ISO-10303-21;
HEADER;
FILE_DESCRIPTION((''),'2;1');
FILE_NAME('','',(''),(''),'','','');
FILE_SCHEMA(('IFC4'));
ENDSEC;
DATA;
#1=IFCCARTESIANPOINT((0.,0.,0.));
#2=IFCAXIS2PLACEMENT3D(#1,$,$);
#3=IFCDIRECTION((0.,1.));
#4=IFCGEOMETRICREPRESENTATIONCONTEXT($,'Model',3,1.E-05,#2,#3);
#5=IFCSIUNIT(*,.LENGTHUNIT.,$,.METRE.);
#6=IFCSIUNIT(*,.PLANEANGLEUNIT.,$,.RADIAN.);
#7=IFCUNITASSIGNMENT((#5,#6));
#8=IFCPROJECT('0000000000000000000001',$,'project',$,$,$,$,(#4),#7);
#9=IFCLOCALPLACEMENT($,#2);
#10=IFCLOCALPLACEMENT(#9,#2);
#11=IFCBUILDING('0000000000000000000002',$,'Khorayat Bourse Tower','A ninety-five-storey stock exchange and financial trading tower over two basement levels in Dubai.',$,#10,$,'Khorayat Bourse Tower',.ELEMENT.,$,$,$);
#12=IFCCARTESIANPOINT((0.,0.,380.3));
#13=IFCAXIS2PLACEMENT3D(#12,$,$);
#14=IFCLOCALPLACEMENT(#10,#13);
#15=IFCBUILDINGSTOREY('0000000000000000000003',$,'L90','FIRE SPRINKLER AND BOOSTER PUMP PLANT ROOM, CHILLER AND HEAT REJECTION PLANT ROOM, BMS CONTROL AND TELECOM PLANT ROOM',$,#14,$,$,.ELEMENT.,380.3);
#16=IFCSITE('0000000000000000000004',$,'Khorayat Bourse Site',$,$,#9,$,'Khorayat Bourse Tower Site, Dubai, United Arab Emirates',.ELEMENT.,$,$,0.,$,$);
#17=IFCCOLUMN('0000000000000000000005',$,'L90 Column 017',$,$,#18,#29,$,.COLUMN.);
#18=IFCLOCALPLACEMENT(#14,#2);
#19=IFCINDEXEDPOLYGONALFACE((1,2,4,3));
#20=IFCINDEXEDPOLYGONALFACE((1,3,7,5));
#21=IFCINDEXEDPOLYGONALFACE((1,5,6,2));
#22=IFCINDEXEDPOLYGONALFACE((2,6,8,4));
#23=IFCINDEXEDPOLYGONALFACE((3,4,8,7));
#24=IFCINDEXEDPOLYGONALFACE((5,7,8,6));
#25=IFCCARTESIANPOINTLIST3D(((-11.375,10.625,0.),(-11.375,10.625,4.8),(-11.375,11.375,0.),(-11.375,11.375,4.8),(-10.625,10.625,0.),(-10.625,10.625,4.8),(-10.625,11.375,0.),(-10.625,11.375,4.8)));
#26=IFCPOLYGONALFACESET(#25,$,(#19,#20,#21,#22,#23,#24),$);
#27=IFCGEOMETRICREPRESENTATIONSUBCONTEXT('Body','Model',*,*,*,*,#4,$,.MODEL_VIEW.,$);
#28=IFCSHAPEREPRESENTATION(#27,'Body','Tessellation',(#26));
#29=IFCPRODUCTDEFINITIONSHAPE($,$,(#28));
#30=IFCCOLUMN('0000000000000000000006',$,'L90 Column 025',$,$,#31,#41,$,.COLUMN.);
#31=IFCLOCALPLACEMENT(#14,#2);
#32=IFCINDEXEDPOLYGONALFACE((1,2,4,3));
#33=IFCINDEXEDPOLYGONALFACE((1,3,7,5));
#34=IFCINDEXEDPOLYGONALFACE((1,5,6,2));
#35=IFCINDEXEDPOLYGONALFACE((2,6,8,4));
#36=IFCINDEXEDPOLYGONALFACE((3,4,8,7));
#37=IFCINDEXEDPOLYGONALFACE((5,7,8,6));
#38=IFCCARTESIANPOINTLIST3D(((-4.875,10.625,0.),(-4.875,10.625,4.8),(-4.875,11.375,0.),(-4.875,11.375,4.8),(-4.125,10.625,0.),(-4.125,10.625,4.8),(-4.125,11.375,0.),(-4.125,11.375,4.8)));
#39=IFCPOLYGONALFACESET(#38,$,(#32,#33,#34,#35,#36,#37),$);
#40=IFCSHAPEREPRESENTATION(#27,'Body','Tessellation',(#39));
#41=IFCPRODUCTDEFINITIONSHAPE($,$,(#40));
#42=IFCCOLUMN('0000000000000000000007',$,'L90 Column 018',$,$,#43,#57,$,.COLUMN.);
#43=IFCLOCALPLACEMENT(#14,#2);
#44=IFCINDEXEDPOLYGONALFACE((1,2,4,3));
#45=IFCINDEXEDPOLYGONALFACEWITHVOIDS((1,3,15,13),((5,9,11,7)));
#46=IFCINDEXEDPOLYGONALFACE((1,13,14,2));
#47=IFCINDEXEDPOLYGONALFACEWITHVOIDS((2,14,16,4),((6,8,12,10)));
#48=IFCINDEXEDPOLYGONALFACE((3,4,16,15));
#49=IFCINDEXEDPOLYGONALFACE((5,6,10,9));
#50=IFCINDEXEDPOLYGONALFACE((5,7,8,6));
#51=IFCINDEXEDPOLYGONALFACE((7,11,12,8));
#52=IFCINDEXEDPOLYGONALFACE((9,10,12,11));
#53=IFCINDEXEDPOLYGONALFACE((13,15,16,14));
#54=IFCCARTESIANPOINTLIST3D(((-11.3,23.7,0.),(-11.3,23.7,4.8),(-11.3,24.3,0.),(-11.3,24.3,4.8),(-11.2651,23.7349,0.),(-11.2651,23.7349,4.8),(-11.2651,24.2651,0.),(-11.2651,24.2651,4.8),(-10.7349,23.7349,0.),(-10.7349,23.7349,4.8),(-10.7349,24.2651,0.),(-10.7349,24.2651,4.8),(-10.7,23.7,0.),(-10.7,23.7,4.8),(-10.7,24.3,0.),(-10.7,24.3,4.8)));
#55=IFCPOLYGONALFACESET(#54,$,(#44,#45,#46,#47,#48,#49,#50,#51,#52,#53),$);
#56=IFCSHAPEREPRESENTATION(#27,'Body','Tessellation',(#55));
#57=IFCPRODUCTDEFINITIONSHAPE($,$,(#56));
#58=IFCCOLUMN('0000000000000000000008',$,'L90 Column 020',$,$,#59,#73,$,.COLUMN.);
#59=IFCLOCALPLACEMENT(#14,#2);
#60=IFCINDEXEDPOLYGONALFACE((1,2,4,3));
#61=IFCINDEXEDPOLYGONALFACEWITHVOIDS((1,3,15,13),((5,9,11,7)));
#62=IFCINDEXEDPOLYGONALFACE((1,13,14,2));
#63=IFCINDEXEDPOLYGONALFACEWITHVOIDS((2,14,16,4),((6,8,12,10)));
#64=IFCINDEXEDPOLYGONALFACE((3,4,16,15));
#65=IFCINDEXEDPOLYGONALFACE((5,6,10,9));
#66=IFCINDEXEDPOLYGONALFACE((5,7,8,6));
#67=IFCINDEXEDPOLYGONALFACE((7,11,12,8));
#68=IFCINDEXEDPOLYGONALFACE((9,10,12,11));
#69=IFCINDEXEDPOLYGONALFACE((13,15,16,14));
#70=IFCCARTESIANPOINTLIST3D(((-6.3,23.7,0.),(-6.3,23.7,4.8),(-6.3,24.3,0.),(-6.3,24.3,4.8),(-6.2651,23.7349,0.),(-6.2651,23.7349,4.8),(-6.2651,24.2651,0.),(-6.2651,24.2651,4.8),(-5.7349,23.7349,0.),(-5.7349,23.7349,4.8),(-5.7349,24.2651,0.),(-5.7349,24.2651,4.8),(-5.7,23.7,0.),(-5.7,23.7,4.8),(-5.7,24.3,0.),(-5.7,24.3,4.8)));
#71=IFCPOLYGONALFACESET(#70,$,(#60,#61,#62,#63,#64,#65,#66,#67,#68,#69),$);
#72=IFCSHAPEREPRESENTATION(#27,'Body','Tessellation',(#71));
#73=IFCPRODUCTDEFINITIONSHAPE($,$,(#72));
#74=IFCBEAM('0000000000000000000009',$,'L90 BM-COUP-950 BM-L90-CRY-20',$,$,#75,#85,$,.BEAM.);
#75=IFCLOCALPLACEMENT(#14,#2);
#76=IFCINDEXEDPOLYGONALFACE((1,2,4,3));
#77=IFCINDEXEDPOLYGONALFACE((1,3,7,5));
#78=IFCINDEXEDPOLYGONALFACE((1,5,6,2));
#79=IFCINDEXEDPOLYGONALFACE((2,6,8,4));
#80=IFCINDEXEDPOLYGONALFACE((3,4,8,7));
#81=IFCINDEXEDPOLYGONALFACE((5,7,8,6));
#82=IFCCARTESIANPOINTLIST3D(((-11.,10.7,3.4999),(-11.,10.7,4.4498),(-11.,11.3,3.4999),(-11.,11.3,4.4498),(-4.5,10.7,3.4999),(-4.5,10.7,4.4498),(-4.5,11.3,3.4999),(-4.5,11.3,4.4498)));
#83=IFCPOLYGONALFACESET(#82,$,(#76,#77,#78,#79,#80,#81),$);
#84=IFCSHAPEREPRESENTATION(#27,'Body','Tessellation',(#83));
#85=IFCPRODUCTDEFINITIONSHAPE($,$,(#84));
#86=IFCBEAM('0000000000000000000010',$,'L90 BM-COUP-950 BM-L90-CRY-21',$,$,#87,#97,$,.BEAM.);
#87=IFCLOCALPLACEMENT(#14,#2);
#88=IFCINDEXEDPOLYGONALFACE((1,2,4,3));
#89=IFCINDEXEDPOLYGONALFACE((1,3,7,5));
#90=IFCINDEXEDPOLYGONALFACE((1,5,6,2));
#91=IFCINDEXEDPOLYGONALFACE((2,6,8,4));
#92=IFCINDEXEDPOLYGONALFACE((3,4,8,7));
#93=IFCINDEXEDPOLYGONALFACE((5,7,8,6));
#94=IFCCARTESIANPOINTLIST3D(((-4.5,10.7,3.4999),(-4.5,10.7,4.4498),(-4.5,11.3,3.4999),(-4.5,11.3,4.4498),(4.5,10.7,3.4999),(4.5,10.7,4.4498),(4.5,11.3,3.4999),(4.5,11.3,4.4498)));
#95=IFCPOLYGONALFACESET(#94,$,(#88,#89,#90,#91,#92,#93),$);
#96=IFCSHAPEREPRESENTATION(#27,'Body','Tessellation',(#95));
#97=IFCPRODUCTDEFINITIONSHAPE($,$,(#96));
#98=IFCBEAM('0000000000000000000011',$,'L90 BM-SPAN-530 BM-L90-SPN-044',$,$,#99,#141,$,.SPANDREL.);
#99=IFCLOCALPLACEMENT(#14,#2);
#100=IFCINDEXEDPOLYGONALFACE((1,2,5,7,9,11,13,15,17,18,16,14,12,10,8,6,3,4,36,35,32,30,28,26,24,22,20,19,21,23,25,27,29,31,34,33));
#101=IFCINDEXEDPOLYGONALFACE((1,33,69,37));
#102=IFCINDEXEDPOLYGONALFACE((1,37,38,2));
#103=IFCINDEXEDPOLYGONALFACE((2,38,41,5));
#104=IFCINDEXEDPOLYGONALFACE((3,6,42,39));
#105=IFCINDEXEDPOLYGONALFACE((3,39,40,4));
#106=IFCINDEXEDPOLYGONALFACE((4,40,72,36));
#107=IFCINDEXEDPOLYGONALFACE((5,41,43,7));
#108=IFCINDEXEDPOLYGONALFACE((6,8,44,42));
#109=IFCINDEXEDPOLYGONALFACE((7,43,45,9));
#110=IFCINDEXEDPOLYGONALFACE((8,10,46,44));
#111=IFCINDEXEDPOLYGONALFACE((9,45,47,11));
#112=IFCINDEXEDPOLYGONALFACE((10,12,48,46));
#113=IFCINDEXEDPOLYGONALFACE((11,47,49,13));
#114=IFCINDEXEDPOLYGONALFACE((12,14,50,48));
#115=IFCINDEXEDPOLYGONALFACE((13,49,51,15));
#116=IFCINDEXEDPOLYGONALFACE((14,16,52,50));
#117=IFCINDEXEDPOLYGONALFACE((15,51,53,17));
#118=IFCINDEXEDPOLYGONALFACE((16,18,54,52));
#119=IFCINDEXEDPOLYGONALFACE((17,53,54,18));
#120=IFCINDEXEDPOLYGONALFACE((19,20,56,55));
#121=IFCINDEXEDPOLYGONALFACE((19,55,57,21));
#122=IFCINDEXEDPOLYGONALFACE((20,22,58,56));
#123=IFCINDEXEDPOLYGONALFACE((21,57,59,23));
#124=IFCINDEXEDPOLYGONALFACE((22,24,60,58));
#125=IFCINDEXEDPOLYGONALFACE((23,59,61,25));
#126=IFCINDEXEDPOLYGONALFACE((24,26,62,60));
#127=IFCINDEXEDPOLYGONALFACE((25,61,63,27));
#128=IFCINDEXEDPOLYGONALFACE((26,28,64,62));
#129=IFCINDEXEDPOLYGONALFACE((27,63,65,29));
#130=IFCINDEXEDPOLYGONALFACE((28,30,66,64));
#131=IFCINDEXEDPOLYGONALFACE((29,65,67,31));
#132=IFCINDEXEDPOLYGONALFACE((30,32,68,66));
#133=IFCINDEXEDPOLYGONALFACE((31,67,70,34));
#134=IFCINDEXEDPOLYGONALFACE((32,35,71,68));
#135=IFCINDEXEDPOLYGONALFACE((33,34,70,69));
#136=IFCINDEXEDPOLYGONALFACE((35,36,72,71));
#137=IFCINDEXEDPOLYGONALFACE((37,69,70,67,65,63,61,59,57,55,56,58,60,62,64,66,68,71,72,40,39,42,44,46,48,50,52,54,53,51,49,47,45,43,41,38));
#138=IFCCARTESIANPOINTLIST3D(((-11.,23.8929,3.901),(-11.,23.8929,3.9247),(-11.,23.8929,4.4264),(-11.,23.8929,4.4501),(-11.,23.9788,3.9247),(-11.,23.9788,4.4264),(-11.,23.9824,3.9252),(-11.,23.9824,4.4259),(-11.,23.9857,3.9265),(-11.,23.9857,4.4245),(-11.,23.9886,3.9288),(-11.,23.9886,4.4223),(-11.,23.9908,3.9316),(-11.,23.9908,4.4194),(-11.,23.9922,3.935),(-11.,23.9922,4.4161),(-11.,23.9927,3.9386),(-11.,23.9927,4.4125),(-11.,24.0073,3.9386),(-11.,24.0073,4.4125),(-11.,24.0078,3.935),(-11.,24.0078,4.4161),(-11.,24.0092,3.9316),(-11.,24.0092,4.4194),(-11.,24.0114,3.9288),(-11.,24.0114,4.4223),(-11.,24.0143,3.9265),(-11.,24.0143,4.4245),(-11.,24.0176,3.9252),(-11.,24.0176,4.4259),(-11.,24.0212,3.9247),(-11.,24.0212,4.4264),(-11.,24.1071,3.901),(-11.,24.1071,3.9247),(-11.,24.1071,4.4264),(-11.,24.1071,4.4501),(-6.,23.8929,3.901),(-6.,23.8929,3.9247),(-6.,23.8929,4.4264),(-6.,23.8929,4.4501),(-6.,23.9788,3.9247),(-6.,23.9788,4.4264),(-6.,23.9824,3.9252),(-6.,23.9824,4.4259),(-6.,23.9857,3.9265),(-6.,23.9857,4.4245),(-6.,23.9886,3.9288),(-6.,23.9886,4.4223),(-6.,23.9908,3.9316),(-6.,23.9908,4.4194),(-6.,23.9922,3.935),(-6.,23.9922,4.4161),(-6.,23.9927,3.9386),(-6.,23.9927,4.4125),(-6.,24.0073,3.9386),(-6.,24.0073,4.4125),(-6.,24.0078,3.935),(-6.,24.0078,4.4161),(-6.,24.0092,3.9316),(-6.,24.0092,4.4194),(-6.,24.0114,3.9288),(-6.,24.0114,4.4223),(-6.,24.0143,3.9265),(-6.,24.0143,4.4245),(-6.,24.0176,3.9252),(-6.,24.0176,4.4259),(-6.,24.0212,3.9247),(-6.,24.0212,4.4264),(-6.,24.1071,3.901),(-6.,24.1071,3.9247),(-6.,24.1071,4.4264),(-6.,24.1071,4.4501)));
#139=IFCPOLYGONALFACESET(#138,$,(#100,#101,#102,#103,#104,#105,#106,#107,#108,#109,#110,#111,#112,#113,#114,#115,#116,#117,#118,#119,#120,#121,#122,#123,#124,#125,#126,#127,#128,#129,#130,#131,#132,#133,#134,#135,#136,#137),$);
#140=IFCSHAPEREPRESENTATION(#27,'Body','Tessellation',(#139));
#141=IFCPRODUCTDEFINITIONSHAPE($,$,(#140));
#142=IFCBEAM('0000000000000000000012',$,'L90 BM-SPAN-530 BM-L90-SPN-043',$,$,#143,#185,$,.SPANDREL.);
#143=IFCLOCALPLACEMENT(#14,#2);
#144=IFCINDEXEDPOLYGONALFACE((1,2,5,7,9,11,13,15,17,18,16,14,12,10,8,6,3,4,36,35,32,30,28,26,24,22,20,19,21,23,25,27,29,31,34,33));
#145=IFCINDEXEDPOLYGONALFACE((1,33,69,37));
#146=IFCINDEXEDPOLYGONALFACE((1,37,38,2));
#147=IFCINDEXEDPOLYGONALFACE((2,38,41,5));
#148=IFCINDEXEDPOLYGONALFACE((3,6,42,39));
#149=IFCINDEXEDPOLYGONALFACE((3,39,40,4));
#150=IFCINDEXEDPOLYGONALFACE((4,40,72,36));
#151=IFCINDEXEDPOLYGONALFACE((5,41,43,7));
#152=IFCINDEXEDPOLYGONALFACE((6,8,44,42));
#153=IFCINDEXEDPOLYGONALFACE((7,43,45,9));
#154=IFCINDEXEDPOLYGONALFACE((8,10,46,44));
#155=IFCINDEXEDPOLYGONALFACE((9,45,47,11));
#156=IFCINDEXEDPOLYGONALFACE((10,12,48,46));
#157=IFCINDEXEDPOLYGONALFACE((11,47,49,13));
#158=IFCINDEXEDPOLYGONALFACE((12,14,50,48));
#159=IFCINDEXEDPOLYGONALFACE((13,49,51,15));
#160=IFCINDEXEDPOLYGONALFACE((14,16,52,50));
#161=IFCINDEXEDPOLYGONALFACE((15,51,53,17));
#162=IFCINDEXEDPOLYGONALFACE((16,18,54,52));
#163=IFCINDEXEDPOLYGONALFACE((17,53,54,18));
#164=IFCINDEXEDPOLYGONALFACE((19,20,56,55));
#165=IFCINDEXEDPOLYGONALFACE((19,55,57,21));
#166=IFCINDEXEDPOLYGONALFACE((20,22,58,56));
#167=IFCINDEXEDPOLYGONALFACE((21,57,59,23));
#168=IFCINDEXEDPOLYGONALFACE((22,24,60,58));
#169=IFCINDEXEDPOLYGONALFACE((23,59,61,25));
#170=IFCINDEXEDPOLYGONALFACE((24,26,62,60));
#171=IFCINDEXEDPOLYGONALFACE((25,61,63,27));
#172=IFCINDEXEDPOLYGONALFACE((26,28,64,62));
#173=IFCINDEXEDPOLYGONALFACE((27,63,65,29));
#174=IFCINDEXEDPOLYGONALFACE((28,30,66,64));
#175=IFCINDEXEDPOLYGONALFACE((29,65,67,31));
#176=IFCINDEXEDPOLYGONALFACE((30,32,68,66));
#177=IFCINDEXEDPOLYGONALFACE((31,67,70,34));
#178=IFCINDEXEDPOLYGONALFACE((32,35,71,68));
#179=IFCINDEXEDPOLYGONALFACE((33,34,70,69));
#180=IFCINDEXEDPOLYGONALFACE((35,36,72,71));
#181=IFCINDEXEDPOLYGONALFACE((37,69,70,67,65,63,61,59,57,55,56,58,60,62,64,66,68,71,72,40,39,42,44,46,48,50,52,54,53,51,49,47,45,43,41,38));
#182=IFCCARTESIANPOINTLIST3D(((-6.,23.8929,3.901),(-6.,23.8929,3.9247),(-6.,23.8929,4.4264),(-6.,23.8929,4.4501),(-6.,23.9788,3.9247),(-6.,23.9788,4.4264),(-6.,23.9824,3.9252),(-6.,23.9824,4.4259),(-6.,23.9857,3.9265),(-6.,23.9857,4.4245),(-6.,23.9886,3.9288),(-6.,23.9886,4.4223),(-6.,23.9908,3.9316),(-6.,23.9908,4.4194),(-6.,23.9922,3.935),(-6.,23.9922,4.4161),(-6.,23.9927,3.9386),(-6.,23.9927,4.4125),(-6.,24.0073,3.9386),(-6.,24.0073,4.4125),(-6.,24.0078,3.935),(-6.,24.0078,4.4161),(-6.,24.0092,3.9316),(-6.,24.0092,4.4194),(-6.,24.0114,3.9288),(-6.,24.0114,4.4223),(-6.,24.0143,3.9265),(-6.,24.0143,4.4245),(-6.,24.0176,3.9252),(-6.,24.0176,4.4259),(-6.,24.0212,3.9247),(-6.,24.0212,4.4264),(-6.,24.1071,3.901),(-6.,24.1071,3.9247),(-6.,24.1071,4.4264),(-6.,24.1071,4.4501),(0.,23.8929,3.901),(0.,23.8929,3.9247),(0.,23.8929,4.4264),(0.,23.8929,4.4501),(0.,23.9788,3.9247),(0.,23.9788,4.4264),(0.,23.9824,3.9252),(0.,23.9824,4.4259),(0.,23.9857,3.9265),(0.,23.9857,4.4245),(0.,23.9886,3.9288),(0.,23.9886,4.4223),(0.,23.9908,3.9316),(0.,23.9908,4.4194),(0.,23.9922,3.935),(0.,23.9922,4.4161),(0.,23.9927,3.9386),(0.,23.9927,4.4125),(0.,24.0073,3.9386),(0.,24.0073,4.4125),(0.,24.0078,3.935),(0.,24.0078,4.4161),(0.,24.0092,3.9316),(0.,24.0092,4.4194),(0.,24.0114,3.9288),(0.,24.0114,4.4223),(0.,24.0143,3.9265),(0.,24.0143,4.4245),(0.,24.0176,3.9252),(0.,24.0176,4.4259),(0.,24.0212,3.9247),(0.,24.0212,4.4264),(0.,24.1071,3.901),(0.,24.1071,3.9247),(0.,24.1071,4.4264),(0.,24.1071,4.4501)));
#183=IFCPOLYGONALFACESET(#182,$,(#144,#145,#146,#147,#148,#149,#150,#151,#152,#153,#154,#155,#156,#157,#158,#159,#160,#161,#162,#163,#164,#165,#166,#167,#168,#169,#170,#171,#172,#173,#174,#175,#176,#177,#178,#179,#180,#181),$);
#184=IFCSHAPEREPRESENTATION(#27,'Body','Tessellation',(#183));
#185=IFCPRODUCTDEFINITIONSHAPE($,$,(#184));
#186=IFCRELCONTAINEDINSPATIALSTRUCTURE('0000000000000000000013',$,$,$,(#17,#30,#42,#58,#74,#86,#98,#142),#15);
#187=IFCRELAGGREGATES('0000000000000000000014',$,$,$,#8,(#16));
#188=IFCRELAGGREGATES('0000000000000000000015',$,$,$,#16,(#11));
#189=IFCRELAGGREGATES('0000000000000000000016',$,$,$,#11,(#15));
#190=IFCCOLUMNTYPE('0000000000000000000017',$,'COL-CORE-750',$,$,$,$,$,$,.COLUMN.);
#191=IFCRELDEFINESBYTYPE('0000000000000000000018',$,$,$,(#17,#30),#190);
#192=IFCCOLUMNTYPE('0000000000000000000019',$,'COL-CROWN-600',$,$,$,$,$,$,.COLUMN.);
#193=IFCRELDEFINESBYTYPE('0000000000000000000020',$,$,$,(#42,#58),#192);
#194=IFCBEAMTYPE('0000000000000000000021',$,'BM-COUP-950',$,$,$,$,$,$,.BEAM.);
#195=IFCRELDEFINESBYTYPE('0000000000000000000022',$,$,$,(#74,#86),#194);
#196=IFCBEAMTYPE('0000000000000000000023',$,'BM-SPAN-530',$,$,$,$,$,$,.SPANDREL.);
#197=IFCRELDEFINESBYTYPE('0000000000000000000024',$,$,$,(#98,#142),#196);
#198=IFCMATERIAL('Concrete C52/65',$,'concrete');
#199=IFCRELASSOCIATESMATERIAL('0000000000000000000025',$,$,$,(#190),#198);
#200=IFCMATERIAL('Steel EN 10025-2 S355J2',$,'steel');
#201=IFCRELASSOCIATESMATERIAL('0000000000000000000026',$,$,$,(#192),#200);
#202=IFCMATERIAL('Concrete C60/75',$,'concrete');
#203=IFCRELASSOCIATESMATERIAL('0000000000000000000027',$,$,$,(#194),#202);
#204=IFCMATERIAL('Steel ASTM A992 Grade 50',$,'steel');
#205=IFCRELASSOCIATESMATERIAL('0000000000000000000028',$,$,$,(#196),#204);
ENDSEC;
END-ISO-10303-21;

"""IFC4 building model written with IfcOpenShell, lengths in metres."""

from ifc_helpers import new_model, si_unit, direction, frame, origin, origin_2d, place, context, subcontext, project, spatial, rectangle, hollow_rectangle, i_section, extrude, source, transform, mapped, material, material_profile, profile_set, type_object, element, save


model = new_model("IFC4")

# Units and contexts
model_context = context("Model", 3, precision=1e-05, world=origin(), true_north=direction((0.0, 1.0)))
body_context = subcontext(model_context, "Body", "Model", "MODEL_VIEW")
ifc_project = project(units=[si_unit("LENGTHUNIT", "METRE"), si_unit("PLANEANGLEUNIT", "RADIAN")], contexts=[model_context])

# Site, building, storey
site_placement = place(None, origin())
site = spatial("IfcSite", under=ifc_project, at=site_placement, Name="Khorayat Bourse Site", LongName="Khorayat Bourse Tower Site, Dubai, United Arab Emirates", CompositionType="ELEMENT", RefElevation=0.0)
building_placement = place(site_placement, origin())
building = spatial("IfcBuilding", under=site, at=building_placement, Name="Khorayat Bourse Tower", Description="A ninety-five-storey stock exchange and financial trading tower over two basement levels in Dubai.", LongName="Khorayat Bourse Tower", CompositionType="ELEMENT")
storey_placement = place(building_placement, frame((0.0, 0.0, 380.3)))
storey = spatial("IfcBuildingStorey", under=building, at=storey_placement, Name="L90", Description="FIRE SPRINKLER AND BOOSTER PUMP PLANT ROOM, CHILLER AND HEAT REJECTION PLANT ROOM, BMS CONTROL AND TELECOM PLANT ROOM", CompositionType="ELEMENT", Elevation=380.3)

# Columns
ifc_material_1 = material(Name="Concrete C52/65", Category="concrete")
ifc_material_profile_1 = material_profile(ifc_material_1, rectangle(XDim=0.75, YDim=0.75, at=origin_2d()), Name="RC 750x750")
ifc_profile_set_1 = profile_set([ifc_material_profile_1], Name="Concrete C52/65")
column_type_1 = type_object("IfcColumnType", Name="COL-CORE-750", PredefinedType="COLUMN", material=ifc_profile_set_1)
shared_shape_1 = source(origin(), body_context, "Body", "SweptSolid", [
    extrude(rectangle(XDim=0.75, YDim=0.75, at=origin_2d()), origin(), (0.0, 0.0, 1.0), 4.8),
])
for number, where, z_axis, x_axis, name in (
    (1, (-11.0, 11.0, 0.0), (0.0, 0.0, 1.0), (1.0, 0.0, 0.0), "L90 Column 017"),
    (2, (-4.5, 11.0, 0.0), (0.0, 0.0, 1.0), (1.0, 0.0, 0.0), "L90 Column 025"),
):
    element("IfcColumn", number, at=place(storey_placement, frame(where, z_axis=z_axis, x_axis=x_axis)), inside=storey, type_object=column_type_1, Name=name, PredefinedType="COLUMN", context=body_context, shape_type="MappedRepresentation", body=[
        mapped(shared_shape_1, transform((0.0, 0.0, 0.0), scale=1.0)),
    ])
ifc_material_2 = material(Name="Steel EN 10025-2 S355J2", Category="steel")
ifc_material_profile_2 = material_profile(ifc_material_2, hollow_rectangle(XDim=0.6001, YDim=0.6001, WallThickness=0.0349, at=origin_2d()), Name="BOX 600x600x35")
ifc_profile_set_2 = profile_set([ifc_material_profile_2], Name="Steel EN 10025-2 S355J2")
column_type_2 = type_object("IfcColumnType", Name="COL-CROWN-600", PredefinedType="COLUMN", material=ifc_profile_set_2)
shared_shape_2 = source(origin(), body_context, "Body", "SweptSolid", [
    extrude(hollow_rectangle(XDim=0.6001, YDim=0.6001, WallThickness=0.0349, at=origin_2d()), origin(), (0.0, 0.0, 1.0), 4.8),
])
for number, where, z_axis, x_axis, name in (
    (3, (-11.0, 24.0, 0.0), (0.0, 0.0, 1.0), (1.0, 0.0, 0.0), "L90 Column 018"),
    (4, (-6.0, 24.0, 0.0), (0.0, 0.0, 1.0), (1.0, 0.0, 0.0), "L90 Column 020"),
):
    element("IfcColumn", number, at=place(storey_placement, frame(where, z_axis=z_axis, x_axis=x_axis)), inside=storey, type_object=column_type_2, Name=name, PredefinedType="COLUMN", context=body_context, shape_type="MappedRepresentation", body=[
        mapped(shared_shape_2, transform((0.0, 0.0, 0.0), scale=1.0)),
    ])

# Beams
ifc_material_3 = material(Name="Concrete C60/75", Category="concrete")
ifc_material_profile_3 = material_profile(ifc_material_3, rectangle(XDim=0.6001, YDim=0.95, at=origin_2d()), Name="RC 600x950")
ifc_profile_set_3 = profile_set([ifc_material_profile_3], Name="Concrete C60/75")
beam_type_1 = type_object("IfcBeamType", Name="BM-COUP-950", PredefinedType="BEAM", material=ifc_profile_set_3)
shared_shape_3 = source(origin(), body_context, "Body", "SweptSolid", [
    extrude(rectangle(XDim=0.6001, YDim=0.95, at=origin_2d()), origin(), (0.0, 0.0, 1.0), 6.5),
])
beam_1_placement = place(storey_placement, frame((-11.0, 11.0, 3.9749), z_axis=(1.0, 0.0, 0.0), x_axis=(0.0, 1.0, 0.0)))
element("IfcBeam", 5, at=beam_1_placement, inside=storey, type_object=beam_type_1, Name="L90 BM-COUP-950 BM-L90-CRY-20", PredefinedType="BEAM", context=body_context, shape_type="MappedRepresentation", body=[
    mapped(shared_shape_3, transform((0.0, 0.0, 0.0), scale=1.0)),
])
shared_shape_4 = source(origin(), body_context, "Body", "SweptSolid", [
    extrude(rectangle(XDim=0.6001, YDim=0.95, at=origin_2d()), origin(), (0.0, 0.0, 1.0), 9.0),
])
beam_2_placement = place(storey_placement, frame((-4.5, 11.0, 3.9749), z_axis=(1.0, 0.0, 0.0), x_axis=(0.0, 1.0, 0.0)))
element("IfcBeam", 6, at=beam_2_placement, inside=storey, type_object=beam_type_1, Name="L90 BM-COUP-950 BM-L90-CRY-21", PredefinedType="BEAM", context=body_context, shape_type="MappedRepresentation", body=[
    mapped(shared_shape_4, transform((0.0, 0.0, 0.0), scale=1.0)),
])
ifc_material_4 = material(Name="Steel ASTM A992 Grade 50", Category="steel")
ifc_material_profile_4 = material_profile(ifc_material_4, i_section(OverallWidth=0.2141, OverallDepth=0.5491, WebThickness=0.0146, FlangeThickness=0.0237, FilletRadius=0.0139, at=origin_2d()), Name="W530X138")
ifc_profile_set_4 = profile_set([ifc_material_profile_4], Name="Steel ASTM A992 Grade 50")
beam_type_2 = type_object("IfcBeamType", Name="BM-SPAN-530", PredefinedType="SPANDREL", material=ifc_profile_set_4)
shared_shape_5 = source(origin(), body_context, "Body", "SweptSolid", [
    extrude(i_section(OverallWidth=0.2141, OverallDepth=0.5491, WebThickness=0.0146, FlangeThickness=0.0237, FilletRadius=0.0139, at=origin_2d()), origin(), (0.0, 0.0, 1.0), 5.0),
])
beam_3_placement = place(storey_placement, frame((-11.0, 24.0, 4.1755), z_axis=(1.0, 0.0, 0.0), x_axis=(0.0, 1.0, 0.0)))
element("IfcBeam", 7, at=beam_3_placement, inside=storey, type_object=beam_type_2, Name="L90 BM-SPAN-530 BM-L90-SPN-044", PredefinedType="SPANDREL", context=body_context, shape_type="MappedRepresentation", body=[
    mapped(shared_shape_5, transform((0.0, 0.0, 0.0), scale=1.0)),
])
shared_shape_6 = source(origin(), body_context, "Body", "SweptSolid", [
    extrude(i_section(OverallWidth=0.2141, OverallDepth=0.5491, WebThickness=0.0146, FlangeThickness=0.0237, FilletRadius=0.0139, at=origin_2d()), origin(), (0.0, 0.0, 1.0), 6.0),
])
beam_4_placement = place(storey_placement, frame((-6.0, 24.0, 4.1755), z_axis=(1.0, 0.0, 0.0), x_axis=(0.0, 1.0, 0.0)))
element("IfcBeam", 8, at=beam_4_placement, inside=storey, type_object=beam_type_2, Name="L90 BM-SPAN-530 BM-L90-SPN-043", PredefinedType="SPANDREL", context=body_context, shape_type="MappedRepresentation", body=[
    mapped(shared_shape_6, transform((0.0, 0.0, 0.0), scale=1.0)),
])

save(model, "model.ifc")
